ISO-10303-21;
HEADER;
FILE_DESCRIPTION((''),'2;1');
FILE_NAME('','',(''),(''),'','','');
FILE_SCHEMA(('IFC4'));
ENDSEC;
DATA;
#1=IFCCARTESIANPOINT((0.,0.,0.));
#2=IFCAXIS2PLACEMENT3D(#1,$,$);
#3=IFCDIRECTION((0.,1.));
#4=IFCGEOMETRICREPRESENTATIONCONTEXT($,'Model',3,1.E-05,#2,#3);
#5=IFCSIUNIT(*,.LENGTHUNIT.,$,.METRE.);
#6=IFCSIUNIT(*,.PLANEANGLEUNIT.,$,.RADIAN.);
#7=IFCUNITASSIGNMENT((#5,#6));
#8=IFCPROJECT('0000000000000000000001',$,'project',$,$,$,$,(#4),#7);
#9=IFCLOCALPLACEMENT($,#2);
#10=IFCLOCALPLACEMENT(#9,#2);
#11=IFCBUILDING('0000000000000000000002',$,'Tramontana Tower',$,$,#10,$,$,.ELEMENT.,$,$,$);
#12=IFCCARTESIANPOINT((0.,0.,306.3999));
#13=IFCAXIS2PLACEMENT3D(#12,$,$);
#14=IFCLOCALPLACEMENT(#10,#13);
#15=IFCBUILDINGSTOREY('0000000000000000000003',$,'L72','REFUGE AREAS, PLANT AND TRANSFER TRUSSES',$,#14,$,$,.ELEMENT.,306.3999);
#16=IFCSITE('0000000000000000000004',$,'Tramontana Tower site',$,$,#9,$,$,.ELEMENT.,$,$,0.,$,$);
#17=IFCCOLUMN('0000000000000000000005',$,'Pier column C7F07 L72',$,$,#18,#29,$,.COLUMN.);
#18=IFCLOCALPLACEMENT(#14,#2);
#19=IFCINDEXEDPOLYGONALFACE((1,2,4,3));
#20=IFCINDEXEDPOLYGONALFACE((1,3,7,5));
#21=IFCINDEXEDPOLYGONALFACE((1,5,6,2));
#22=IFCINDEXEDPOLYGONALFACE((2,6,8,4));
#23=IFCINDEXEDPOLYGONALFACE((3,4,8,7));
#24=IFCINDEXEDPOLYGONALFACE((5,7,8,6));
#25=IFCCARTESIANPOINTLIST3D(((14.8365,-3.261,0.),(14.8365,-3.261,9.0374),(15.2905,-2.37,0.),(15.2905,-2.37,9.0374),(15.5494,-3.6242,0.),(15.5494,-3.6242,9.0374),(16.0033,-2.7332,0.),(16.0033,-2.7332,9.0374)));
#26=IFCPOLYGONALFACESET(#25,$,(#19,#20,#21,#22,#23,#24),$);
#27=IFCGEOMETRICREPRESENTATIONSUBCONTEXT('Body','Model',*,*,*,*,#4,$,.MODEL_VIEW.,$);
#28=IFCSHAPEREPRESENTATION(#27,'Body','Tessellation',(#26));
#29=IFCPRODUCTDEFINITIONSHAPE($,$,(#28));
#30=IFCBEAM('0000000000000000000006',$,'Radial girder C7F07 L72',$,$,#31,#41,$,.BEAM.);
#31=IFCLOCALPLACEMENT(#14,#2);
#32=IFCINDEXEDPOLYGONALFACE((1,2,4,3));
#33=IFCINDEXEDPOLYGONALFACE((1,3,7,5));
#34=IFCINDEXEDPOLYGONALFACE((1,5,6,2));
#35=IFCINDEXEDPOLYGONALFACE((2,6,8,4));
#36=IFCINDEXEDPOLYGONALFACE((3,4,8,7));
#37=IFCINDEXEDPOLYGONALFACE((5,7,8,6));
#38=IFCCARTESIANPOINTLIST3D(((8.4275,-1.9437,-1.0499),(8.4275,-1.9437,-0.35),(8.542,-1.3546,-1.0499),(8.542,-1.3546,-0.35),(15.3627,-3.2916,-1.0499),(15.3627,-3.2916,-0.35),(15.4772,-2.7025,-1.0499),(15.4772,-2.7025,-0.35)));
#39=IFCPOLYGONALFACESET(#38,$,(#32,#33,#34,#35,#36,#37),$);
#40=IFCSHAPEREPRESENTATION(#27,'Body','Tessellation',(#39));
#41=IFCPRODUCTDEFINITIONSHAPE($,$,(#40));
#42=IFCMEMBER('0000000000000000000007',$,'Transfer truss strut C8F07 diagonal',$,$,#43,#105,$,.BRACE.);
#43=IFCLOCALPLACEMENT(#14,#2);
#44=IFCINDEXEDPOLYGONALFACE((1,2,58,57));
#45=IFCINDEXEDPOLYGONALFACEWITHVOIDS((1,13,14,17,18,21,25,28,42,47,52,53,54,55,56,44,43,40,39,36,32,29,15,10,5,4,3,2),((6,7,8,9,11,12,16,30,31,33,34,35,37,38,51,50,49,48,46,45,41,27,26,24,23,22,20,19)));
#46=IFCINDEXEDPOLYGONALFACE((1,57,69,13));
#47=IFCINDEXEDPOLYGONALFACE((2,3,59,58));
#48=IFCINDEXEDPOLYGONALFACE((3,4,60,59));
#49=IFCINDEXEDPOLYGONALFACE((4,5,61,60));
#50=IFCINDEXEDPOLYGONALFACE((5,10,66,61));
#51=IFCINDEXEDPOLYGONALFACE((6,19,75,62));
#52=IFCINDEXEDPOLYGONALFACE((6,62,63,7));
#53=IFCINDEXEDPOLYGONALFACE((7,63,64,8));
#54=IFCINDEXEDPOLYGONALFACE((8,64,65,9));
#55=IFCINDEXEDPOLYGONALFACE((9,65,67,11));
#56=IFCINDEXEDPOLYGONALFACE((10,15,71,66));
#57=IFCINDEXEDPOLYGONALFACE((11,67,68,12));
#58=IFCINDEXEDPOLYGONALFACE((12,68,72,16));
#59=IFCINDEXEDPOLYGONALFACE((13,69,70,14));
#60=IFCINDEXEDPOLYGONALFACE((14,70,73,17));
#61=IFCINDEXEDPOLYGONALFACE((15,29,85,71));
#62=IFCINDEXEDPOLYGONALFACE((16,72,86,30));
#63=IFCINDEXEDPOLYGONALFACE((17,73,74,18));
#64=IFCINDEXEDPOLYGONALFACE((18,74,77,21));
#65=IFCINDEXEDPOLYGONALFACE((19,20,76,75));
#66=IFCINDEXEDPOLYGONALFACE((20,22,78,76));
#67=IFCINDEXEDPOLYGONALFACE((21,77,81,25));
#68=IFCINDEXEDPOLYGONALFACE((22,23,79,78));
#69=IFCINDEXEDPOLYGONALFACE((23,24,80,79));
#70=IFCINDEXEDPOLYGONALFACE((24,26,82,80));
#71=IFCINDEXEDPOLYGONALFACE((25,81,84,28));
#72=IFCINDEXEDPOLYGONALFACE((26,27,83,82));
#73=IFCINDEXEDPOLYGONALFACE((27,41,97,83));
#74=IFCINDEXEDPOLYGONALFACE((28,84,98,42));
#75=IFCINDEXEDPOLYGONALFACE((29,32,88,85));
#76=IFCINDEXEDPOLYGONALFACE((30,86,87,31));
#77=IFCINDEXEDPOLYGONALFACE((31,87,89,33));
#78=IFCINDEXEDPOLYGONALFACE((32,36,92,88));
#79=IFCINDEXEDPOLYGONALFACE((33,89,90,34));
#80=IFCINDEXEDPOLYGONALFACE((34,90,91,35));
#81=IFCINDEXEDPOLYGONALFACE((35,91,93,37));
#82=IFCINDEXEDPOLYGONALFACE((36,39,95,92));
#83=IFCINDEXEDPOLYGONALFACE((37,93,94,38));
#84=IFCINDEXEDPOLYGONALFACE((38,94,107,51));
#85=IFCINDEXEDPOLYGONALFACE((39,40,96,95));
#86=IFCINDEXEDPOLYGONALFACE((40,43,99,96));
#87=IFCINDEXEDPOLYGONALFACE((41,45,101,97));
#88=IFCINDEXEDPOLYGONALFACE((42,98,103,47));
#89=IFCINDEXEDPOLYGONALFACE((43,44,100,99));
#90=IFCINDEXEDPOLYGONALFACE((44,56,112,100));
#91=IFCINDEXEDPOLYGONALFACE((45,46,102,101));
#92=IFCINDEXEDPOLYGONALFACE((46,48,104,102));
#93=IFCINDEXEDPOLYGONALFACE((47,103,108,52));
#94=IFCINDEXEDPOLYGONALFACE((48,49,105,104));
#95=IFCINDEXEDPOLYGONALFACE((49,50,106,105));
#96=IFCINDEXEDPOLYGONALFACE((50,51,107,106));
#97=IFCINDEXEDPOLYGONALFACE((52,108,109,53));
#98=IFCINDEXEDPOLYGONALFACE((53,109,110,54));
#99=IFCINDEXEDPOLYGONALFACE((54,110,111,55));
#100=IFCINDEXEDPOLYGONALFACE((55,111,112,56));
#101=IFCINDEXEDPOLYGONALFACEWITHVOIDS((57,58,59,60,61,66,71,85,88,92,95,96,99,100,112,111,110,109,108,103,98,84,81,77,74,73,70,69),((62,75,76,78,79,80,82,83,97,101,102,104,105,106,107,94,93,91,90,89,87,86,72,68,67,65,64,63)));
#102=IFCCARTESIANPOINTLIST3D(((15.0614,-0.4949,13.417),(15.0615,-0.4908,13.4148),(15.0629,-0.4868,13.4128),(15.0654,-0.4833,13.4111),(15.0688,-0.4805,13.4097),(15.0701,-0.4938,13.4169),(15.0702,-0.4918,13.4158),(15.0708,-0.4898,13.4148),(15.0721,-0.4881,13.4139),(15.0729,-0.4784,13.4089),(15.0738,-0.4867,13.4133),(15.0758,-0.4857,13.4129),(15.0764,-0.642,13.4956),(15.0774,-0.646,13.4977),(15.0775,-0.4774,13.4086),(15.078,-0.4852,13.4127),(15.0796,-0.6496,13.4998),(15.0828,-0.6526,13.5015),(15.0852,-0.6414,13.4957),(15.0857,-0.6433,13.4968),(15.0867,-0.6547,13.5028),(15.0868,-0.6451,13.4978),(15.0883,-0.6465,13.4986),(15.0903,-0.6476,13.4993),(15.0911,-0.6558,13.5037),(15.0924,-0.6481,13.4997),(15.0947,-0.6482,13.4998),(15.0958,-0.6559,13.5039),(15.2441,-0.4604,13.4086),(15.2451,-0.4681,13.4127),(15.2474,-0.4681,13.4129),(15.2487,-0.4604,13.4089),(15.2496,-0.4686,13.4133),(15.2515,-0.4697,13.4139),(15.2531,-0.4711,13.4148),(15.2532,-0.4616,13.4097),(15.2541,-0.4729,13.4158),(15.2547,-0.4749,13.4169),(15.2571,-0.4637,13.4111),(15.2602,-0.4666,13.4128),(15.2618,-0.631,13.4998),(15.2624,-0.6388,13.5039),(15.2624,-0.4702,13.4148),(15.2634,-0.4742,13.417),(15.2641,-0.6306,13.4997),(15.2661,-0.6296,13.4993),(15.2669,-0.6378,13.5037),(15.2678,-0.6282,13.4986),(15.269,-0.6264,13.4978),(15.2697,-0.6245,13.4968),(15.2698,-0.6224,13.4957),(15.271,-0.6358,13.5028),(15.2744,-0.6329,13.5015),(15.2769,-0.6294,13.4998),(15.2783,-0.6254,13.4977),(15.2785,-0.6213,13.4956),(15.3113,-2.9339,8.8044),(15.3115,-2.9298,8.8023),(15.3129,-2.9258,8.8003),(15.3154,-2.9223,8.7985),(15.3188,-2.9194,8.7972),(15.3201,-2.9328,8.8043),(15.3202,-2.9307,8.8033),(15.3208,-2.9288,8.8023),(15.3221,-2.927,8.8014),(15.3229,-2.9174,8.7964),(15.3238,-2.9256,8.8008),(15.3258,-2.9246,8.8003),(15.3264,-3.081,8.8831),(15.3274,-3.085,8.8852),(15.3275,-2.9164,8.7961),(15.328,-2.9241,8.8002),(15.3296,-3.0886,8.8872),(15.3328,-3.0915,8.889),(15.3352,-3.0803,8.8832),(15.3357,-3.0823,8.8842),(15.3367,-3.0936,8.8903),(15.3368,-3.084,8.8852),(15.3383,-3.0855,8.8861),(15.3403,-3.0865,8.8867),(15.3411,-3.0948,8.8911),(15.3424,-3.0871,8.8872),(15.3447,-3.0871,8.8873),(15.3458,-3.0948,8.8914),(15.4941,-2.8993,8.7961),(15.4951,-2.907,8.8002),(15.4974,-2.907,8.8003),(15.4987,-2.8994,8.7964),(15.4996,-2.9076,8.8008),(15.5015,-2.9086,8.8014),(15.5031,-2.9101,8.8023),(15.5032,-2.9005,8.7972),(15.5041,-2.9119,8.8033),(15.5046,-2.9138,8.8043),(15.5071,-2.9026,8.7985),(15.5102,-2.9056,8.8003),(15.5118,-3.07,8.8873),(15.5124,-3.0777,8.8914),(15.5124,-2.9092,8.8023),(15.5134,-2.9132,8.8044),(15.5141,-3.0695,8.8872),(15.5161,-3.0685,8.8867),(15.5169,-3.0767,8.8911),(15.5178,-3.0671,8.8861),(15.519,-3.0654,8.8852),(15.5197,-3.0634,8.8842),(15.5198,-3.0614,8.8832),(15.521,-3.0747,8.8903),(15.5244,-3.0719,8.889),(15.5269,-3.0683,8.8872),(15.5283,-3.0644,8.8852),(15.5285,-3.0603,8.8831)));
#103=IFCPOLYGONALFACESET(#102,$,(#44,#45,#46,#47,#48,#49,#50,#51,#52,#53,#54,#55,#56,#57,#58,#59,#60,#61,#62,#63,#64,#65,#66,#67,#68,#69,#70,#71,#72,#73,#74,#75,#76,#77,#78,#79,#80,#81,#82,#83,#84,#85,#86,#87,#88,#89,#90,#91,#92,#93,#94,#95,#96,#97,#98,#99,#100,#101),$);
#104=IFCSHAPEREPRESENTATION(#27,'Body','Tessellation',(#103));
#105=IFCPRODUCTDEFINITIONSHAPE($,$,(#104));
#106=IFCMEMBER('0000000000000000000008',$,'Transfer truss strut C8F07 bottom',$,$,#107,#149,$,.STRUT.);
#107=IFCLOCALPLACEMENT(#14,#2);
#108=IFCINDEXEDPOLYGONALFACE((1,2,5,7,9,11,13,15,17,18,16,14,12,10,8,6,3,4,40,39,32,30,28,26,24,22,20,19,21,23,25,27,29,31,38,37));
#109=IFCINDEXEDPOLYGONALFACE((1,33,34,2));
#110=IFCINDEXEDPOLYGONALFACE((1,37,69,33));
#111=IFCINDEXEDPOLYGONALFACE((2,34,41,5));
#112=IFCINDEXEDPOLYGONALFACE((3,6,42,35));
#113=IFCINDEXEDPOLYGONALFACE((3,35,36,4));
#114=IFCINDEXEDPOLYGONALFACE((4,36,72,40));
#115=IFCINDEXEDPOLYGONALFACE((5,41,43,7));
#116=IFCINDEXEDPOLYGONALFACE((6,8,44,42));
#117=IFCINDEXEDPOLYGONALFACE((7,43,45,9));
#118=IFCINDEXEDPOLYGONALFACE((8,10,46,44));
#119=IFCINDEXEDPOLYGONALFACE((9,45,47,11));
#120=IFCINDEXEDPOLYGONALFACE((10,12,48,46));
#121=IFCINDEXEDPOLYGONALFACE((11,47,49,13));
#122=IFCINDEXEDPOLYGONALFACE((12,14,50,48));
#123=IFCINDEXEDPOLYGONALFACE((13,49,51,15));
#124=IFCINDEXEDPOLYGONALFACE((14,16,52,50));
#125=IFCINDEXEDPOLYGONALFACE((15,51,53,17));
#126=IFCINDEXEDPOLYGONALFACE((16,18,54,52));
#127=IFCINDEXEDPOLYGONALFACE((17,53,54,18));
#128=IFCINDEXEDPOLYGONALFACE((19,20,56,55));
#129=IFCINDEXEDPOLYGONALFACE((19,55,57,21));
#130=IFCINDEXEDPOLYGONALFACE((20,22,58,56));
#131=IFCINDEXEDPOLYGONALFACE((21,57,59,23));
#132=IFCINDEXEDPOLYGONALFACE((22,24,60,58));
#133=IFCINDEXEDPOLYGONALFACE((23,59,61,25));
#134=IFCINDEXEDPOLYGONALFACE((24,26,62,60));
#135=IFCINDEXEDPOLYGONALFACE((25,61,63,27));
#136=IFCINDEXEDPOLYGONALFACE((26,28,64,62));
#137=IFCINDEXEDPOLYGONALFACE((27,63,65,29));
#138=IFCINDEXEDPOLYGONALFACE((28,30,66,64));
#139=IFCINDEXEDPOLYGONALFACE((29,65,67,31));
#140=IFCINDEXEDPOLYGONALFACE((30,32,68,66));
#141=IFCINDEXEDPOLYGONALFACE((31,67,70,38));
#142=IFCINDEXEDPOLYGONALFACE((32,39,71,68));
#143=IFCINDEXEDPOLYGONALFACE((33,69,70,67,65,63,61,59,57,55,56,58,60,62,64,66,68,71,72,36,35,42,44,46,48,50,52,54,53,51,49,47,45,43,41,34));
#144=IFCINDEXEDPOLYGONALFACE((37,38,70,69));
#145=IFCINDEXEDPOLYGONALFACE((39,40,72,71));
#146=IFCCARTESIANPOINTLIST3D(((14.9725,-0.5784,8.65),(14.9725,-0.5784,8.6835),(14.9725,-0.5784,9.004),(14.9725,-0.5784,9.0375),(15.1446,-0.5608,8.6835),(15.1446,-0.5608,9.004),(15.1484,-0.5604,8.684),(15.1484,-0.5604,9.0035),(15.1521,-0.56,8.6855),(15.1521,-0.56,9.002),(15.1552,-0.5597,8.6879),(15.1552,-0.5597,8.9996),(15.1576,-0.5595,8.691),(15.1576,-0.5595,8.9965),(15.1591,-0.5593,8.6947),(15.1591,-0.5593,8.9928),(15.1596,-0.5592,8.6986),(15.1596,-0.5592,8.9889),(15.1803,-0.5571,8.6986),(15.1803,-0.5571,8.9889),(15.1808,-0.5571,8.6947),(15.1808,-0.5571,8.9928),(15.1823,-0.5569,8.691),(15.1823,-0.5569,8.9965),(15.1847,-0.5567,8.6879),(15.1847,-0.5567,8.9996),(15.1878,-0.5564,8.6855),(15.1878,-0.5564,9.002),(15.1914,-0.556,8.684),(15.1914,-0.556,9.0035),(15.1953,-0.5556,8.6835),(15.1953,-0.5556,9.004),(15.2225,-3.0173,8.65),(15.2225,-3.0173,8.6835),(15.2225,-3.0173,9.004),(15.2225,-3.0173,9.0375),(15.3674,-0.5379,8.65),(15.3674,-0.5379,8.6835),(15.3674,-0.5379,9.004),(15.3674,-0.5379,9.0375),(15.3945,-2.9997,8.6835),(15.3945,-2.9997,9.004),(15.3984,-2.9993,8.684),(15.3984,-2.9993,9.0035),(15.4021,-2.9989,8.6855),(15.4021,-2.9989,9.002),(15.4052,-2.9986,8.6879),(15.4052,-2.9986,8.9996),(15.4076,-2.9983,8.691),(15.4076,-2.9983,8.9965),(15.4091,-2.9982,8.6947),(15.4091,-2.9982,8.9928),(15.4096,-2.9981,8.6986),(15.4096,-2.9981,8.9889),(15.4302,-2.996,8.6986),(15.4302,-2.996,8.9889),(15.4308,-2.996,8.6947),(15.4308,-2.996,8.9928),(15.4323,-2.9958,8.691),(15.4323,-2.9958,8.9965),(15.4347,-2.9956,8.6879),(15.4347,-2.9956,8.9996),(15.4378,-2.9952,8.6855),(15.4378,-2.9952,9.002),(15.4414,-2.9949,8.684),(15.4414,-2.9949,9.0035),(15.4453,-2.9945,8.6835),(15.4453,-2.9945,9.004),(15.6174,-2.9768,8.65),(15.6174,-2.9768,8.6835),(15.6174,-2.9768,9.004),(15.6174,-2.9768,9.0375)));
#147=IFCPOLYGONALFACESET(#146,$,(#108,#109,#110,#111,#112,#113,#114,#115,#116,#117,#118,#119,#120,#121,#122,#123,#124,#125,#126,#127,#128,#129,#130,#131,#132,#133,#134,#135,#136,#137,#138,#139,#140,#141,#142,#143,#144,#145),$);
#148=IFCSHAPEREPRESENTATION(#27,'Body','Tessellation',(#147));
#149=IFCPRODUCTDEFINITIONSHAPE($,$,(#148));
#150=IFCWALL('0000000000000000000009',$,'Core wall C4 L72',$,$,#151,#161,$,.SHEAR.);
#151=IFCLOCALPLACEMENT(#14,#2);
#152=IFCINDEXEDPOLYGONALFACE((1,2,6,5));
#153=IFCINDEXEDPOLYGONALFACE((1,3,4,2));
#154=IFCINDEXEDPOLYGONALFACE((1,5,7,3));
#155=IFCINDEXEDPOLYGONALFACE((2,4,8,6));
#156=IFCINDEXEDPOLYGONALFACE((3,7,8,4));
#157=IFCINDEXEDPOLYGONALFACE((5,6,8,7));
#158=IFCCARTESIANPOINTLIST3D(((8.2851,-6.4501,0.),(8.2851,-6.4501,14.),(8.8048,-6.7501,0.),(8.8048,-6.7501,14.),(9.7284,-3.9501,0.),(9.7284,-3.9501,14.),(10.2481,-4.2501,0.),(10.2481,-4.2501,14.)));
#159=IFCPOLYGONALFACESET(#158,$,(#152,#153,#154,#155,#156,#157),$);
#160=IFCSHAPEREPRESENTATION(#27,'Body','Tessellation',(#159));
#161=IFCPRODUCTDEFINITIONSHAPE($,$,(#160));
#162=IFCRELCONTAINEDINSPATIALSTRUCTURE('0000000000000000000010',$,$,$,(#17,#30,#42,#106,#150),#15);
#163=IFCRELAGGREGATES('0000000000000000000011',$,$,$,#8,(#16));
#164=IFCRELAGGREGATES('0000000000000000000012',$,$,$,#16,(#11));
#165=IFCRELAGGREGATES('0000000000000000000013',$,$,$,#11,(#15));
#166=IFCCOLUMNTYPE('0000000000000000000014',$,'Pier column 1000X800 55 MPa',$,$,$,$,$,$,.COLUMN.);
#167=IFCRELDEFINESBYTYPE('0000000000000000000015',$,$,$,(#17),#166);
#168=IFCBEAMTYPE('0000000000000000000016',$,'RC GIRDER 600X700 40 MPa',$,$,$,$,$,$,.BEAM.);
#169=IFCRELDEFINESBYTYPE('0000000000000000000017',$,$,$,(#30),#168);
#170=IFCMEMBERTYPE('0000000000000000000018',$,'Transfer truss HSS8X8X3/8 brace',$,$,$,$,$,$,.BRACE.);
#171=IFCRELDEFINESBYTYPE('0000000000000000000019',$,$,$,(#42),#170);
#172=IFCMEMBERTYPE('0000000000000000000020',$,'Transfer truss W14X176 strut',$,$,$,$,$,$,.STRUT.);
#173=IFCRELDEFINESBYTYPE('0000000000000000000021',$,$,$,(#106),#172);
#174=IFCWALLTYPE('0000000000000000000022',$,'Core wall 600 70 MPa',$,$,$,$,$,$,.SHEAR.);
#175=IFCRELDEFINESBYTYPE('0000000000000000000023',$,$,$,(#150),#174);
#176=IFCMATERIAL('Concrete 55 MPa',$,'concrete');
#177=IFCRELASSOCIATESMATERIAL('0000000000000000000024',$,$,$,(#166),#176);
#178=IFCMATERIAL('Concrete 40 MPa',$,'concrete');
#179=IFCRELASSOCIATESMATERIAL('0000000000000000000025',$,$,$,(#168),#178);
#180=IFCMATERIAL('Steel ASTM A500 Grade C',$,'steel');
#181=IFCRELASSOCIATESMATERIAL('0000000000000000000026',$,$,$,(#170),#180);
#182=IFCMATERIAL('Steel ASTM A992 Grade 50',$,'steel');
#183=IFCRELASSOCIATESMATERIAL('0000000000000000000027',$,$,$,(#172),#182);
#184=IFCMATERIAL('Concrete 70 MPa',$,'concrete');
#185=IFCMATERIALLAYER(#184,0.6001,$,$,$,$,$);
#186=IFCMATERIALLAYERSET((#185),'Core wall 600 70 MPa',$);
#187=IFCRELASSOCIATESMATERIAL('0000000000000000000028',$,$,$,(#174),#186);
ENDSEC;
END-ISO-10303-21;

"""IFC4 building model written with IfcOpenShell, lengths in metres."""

from ifc_helpers import new_model, si_unit, direction, frame, frame_2d, origin, origin_2d, place, context, subcontext, project, spatial, rectangle, hollow_rectangle, i_section, extrude, material, layer, layer_set, material_profile, profile_set, type_object, element, save


model = new_model("IFC4")

# Units and contexts
model_context = context("Model", 3, precision=1e-05, world=origin(), true_north=direction((0.0, 1.0)))
body_context = subcontext(model_context, "Body", "Model", "MODEL_VIEW")
ifc_project = project(units=[si_unit("LENGTHUNIT", "METRE"), si_unit("PLANEANGLEUNIT", "RADIAN")], contexts=[model_context])

# Site, building, storey
site_placement = place(None, origin())
site = spatial("IfcSite", under=ifc_project, at=site_placement, Name="Tramontana Tower site", CompositionType="ELEMENT", RefElevation=0.0)
building_placement = place(site_placement, origin())
building = spatial("IfcBuilding", under=site, at=building_placement, Name="Tramontana Tower", CompositionType="ELEMENT")
storey_placement = place(building_placement, frame((0.0, 0.0, 306.3999)))
storey = spatial("IfcBuildingStorey", under=building, at=storey_placement, Name="L72", Description="REFUGE AREAS, PLANT AND TRANSFER TRUSSES", CompositionType="ELEMENT", Elevation=306.3999)

# Column
ifc_material_1 = material(Name="Concrete 55 MPa", Category="concrete")
ifc_material_profile_1 = material_profile(ifc_material_1, rectangle(XDim=1.0, YDim=0.8, at=origin_2d()), Name="Pier column 1000X800 55 MPa")
ifc_profile_set_1 = profile_set([ifc_material_profile_1], Name="Concrete 55 MPa")
column_type = type_object("IfcColumnType", Name="Pier column 1000X800 55 MPa", PredefinedType="COLUMN", material=ifc_profile_set_1)
column_placement = place(storey_placement, frame((15.4199, -2.9971, 0.0), z_axis=(0.0, 0.0, 1.0), x_axis=(0.45399, 0.891007, 0.0)))
element("IfcColumn", 1, at=column_placement, inside=storey, type_object=column_type, Name="Pier column C7F07 L72", PredefinedType="COLUMN", context=body_context, shape_type="SweptSolid", body=[
    extrude(rectangle(XDim=1.0, YDim=0.8, at=origin_2d()), origin(), (0.0, 0.0, 1.0), 9.0374),
])

# Beam
ifc_material_2 = material(Name="Concrete 40 MPa", Category="concrete")
ifc_material_profile_2 = material_profile(ifc_material_2, rectangle(XDim=0.6001, YDim=0.7, at=origin_2d()), Name="RC GIRDER 600X700 40 MPa")
ifc_profile_set_2 = profile_set([ifc_material_profile_2], Name="Concrete 40 MPa")
beam_type = type_object("IfcBeamType", Name="RC GIRDER 600X700 40 MPa", PredefinedType="BEAM", material=ifc_profile_set_2)
beam_placement = place(storey_placement, frame((15.4199, -2.9971, -0.7), z_axis=(-0.981631, 0.19079, 0.0), x_axis=(-0.19079, -0.981631, 0.0)))
element("IfcBeam", 2, at=beam_placement, inside=storey, type_object=beam_type, Name="Radial girder C7F07 L72", PredefinedType="BEAM", context=body_context, shape_type="SweptSolid", body=[
    extrude(rectangle(XDim=0.6001, YDim=0.7, at=origin_2d()), origin(), (0.0, 0.0, 1.0), 7.0649),
])

# Members
ifc_material_3 = material(Name="Steel ASTM A500 Grade C", Category="steel")
ifc_material_profile_3 = material_profile(ifc_material_3, hollow_rectangle(XDim=0.2031, YDim=0.2031, WallThickness=0.0088, InnerFilletRadius=0.0088, OuterFilletRadius=0.0178, at=origin_2d()), Name="HSS8X8X3/8")
ifc_profile_set_3 = profile_set([ifc_material_profile_3], Name="Steel ASTM A500 Grade C")
member_type_1 = type_object("IfcMemberType", Name="Transfer truss HSS8X8X3/8 brace", PredefinedType="BRACE", material=ifc_profile_set_3)
member_1_placement = place(storey_placement, frame((15.4199, -2.9971, 8.8438), z_axis=(-0.047859, 0.466907, 0.88301), x_axis=(-0.994788, -0.101968, 0.0)))
element("IfcMember", 3, at=member_1_placement, inside=storey, type_object=member_type_1, Name="Transfer truss strut C8F07 diagonal", PredefinedType="BRACE", context=body_context, shape_type="SweptSolid", body=[
    extrude(hollow_rectangle(XDim=0.2031, YDim=0.2031, WallThickness=0.0088, InnerFilletRadius=0.0088, OuterFilletRadius=0.0178, at=origin_2d()), origin(), (0.0, 0.0, 1.0), 5.2236),
])
ifc_material_4 = material(Name="Steel ASTM A992 Grade 50", Category="steel")
ifc_material_profile_4 = material_profile(ifc_material_4, i_section(OverallWidth=0.397, OverallDepth=0.3875, WebThickness=0.0208, FlangeThickness=0.0334, FilletRadius=0.0151, at=origin_2d()), Name="W14X176")
ifc_profile_set_4 = profile_set([ifc_material_profile_4], Name="Steel ASTM A992 Grade 50")
member_type_2 = type_object("IfcMemberType", Name="Transfer truss W14X176 strut", PredefinedType="STRUT", material=ifc_profile_set_4)
member_2_placement = place(storey_placement, frame((15.4199, -2.9971, 8.8438), z_axis=(-0.101968, 0.994788, 0.0), x_axis=(-0.994788, -0.101968, 0.0)))
element("IfcMember", 4, at=member_2_placement, inside=storey, type_object=member_type_2, Name="Transfer truss strut C8F07 bottom", PredefinedType="STRUT", context=body_context, shape_type="SweptSolid", body=[
    extrude(i_section(OverallWidth=0.397, OverallDepth=0.3875, WebThickness=0.0208, FlangeThickness=0.0334, FilletRadius=0.0151, at=origin_2d()), origin(), (0.0, 0.0, 1.0), 2.4517),
])

# Wall
ifc_material_5 = material(Name="Concrete 70 MPa", Category="concrete")
ifc_layer_1 = layer(ifc_material_5, 0.6001)
ifc_layer_set_1 = layer_set([ifc_layer_1], Name="Core wall 600 70 MPa")
wall_type_1 = type_object("IfcWallType", Name="Core wall 600 70 MPa", PredefinedType="SHEAR", material=ifc_layer_set_1)
wall_1_placement = place(storey_placement, frame((8.5449, -6.6001, 0.0), z_axis=(0.0, 0.0, 1.0), x_axis=(0.499996, 0.866028, 0.0)))
element("IfcWall", 5, at=wall_1_placement, inside=storey, type_object=wall_type_1, Name="Core wall C4 L72", PredefinedType="SHEAR", context=body_context, shape_type="SweptSolid", body=[
    extrude(rectangle(XDim=2.8867, YDim=0.6001, at=frame_2d((1.4434, 0.0))), origin(), (0.0, 0.0, 1.0), 14.0),
])

save(model, "model.ifc")
